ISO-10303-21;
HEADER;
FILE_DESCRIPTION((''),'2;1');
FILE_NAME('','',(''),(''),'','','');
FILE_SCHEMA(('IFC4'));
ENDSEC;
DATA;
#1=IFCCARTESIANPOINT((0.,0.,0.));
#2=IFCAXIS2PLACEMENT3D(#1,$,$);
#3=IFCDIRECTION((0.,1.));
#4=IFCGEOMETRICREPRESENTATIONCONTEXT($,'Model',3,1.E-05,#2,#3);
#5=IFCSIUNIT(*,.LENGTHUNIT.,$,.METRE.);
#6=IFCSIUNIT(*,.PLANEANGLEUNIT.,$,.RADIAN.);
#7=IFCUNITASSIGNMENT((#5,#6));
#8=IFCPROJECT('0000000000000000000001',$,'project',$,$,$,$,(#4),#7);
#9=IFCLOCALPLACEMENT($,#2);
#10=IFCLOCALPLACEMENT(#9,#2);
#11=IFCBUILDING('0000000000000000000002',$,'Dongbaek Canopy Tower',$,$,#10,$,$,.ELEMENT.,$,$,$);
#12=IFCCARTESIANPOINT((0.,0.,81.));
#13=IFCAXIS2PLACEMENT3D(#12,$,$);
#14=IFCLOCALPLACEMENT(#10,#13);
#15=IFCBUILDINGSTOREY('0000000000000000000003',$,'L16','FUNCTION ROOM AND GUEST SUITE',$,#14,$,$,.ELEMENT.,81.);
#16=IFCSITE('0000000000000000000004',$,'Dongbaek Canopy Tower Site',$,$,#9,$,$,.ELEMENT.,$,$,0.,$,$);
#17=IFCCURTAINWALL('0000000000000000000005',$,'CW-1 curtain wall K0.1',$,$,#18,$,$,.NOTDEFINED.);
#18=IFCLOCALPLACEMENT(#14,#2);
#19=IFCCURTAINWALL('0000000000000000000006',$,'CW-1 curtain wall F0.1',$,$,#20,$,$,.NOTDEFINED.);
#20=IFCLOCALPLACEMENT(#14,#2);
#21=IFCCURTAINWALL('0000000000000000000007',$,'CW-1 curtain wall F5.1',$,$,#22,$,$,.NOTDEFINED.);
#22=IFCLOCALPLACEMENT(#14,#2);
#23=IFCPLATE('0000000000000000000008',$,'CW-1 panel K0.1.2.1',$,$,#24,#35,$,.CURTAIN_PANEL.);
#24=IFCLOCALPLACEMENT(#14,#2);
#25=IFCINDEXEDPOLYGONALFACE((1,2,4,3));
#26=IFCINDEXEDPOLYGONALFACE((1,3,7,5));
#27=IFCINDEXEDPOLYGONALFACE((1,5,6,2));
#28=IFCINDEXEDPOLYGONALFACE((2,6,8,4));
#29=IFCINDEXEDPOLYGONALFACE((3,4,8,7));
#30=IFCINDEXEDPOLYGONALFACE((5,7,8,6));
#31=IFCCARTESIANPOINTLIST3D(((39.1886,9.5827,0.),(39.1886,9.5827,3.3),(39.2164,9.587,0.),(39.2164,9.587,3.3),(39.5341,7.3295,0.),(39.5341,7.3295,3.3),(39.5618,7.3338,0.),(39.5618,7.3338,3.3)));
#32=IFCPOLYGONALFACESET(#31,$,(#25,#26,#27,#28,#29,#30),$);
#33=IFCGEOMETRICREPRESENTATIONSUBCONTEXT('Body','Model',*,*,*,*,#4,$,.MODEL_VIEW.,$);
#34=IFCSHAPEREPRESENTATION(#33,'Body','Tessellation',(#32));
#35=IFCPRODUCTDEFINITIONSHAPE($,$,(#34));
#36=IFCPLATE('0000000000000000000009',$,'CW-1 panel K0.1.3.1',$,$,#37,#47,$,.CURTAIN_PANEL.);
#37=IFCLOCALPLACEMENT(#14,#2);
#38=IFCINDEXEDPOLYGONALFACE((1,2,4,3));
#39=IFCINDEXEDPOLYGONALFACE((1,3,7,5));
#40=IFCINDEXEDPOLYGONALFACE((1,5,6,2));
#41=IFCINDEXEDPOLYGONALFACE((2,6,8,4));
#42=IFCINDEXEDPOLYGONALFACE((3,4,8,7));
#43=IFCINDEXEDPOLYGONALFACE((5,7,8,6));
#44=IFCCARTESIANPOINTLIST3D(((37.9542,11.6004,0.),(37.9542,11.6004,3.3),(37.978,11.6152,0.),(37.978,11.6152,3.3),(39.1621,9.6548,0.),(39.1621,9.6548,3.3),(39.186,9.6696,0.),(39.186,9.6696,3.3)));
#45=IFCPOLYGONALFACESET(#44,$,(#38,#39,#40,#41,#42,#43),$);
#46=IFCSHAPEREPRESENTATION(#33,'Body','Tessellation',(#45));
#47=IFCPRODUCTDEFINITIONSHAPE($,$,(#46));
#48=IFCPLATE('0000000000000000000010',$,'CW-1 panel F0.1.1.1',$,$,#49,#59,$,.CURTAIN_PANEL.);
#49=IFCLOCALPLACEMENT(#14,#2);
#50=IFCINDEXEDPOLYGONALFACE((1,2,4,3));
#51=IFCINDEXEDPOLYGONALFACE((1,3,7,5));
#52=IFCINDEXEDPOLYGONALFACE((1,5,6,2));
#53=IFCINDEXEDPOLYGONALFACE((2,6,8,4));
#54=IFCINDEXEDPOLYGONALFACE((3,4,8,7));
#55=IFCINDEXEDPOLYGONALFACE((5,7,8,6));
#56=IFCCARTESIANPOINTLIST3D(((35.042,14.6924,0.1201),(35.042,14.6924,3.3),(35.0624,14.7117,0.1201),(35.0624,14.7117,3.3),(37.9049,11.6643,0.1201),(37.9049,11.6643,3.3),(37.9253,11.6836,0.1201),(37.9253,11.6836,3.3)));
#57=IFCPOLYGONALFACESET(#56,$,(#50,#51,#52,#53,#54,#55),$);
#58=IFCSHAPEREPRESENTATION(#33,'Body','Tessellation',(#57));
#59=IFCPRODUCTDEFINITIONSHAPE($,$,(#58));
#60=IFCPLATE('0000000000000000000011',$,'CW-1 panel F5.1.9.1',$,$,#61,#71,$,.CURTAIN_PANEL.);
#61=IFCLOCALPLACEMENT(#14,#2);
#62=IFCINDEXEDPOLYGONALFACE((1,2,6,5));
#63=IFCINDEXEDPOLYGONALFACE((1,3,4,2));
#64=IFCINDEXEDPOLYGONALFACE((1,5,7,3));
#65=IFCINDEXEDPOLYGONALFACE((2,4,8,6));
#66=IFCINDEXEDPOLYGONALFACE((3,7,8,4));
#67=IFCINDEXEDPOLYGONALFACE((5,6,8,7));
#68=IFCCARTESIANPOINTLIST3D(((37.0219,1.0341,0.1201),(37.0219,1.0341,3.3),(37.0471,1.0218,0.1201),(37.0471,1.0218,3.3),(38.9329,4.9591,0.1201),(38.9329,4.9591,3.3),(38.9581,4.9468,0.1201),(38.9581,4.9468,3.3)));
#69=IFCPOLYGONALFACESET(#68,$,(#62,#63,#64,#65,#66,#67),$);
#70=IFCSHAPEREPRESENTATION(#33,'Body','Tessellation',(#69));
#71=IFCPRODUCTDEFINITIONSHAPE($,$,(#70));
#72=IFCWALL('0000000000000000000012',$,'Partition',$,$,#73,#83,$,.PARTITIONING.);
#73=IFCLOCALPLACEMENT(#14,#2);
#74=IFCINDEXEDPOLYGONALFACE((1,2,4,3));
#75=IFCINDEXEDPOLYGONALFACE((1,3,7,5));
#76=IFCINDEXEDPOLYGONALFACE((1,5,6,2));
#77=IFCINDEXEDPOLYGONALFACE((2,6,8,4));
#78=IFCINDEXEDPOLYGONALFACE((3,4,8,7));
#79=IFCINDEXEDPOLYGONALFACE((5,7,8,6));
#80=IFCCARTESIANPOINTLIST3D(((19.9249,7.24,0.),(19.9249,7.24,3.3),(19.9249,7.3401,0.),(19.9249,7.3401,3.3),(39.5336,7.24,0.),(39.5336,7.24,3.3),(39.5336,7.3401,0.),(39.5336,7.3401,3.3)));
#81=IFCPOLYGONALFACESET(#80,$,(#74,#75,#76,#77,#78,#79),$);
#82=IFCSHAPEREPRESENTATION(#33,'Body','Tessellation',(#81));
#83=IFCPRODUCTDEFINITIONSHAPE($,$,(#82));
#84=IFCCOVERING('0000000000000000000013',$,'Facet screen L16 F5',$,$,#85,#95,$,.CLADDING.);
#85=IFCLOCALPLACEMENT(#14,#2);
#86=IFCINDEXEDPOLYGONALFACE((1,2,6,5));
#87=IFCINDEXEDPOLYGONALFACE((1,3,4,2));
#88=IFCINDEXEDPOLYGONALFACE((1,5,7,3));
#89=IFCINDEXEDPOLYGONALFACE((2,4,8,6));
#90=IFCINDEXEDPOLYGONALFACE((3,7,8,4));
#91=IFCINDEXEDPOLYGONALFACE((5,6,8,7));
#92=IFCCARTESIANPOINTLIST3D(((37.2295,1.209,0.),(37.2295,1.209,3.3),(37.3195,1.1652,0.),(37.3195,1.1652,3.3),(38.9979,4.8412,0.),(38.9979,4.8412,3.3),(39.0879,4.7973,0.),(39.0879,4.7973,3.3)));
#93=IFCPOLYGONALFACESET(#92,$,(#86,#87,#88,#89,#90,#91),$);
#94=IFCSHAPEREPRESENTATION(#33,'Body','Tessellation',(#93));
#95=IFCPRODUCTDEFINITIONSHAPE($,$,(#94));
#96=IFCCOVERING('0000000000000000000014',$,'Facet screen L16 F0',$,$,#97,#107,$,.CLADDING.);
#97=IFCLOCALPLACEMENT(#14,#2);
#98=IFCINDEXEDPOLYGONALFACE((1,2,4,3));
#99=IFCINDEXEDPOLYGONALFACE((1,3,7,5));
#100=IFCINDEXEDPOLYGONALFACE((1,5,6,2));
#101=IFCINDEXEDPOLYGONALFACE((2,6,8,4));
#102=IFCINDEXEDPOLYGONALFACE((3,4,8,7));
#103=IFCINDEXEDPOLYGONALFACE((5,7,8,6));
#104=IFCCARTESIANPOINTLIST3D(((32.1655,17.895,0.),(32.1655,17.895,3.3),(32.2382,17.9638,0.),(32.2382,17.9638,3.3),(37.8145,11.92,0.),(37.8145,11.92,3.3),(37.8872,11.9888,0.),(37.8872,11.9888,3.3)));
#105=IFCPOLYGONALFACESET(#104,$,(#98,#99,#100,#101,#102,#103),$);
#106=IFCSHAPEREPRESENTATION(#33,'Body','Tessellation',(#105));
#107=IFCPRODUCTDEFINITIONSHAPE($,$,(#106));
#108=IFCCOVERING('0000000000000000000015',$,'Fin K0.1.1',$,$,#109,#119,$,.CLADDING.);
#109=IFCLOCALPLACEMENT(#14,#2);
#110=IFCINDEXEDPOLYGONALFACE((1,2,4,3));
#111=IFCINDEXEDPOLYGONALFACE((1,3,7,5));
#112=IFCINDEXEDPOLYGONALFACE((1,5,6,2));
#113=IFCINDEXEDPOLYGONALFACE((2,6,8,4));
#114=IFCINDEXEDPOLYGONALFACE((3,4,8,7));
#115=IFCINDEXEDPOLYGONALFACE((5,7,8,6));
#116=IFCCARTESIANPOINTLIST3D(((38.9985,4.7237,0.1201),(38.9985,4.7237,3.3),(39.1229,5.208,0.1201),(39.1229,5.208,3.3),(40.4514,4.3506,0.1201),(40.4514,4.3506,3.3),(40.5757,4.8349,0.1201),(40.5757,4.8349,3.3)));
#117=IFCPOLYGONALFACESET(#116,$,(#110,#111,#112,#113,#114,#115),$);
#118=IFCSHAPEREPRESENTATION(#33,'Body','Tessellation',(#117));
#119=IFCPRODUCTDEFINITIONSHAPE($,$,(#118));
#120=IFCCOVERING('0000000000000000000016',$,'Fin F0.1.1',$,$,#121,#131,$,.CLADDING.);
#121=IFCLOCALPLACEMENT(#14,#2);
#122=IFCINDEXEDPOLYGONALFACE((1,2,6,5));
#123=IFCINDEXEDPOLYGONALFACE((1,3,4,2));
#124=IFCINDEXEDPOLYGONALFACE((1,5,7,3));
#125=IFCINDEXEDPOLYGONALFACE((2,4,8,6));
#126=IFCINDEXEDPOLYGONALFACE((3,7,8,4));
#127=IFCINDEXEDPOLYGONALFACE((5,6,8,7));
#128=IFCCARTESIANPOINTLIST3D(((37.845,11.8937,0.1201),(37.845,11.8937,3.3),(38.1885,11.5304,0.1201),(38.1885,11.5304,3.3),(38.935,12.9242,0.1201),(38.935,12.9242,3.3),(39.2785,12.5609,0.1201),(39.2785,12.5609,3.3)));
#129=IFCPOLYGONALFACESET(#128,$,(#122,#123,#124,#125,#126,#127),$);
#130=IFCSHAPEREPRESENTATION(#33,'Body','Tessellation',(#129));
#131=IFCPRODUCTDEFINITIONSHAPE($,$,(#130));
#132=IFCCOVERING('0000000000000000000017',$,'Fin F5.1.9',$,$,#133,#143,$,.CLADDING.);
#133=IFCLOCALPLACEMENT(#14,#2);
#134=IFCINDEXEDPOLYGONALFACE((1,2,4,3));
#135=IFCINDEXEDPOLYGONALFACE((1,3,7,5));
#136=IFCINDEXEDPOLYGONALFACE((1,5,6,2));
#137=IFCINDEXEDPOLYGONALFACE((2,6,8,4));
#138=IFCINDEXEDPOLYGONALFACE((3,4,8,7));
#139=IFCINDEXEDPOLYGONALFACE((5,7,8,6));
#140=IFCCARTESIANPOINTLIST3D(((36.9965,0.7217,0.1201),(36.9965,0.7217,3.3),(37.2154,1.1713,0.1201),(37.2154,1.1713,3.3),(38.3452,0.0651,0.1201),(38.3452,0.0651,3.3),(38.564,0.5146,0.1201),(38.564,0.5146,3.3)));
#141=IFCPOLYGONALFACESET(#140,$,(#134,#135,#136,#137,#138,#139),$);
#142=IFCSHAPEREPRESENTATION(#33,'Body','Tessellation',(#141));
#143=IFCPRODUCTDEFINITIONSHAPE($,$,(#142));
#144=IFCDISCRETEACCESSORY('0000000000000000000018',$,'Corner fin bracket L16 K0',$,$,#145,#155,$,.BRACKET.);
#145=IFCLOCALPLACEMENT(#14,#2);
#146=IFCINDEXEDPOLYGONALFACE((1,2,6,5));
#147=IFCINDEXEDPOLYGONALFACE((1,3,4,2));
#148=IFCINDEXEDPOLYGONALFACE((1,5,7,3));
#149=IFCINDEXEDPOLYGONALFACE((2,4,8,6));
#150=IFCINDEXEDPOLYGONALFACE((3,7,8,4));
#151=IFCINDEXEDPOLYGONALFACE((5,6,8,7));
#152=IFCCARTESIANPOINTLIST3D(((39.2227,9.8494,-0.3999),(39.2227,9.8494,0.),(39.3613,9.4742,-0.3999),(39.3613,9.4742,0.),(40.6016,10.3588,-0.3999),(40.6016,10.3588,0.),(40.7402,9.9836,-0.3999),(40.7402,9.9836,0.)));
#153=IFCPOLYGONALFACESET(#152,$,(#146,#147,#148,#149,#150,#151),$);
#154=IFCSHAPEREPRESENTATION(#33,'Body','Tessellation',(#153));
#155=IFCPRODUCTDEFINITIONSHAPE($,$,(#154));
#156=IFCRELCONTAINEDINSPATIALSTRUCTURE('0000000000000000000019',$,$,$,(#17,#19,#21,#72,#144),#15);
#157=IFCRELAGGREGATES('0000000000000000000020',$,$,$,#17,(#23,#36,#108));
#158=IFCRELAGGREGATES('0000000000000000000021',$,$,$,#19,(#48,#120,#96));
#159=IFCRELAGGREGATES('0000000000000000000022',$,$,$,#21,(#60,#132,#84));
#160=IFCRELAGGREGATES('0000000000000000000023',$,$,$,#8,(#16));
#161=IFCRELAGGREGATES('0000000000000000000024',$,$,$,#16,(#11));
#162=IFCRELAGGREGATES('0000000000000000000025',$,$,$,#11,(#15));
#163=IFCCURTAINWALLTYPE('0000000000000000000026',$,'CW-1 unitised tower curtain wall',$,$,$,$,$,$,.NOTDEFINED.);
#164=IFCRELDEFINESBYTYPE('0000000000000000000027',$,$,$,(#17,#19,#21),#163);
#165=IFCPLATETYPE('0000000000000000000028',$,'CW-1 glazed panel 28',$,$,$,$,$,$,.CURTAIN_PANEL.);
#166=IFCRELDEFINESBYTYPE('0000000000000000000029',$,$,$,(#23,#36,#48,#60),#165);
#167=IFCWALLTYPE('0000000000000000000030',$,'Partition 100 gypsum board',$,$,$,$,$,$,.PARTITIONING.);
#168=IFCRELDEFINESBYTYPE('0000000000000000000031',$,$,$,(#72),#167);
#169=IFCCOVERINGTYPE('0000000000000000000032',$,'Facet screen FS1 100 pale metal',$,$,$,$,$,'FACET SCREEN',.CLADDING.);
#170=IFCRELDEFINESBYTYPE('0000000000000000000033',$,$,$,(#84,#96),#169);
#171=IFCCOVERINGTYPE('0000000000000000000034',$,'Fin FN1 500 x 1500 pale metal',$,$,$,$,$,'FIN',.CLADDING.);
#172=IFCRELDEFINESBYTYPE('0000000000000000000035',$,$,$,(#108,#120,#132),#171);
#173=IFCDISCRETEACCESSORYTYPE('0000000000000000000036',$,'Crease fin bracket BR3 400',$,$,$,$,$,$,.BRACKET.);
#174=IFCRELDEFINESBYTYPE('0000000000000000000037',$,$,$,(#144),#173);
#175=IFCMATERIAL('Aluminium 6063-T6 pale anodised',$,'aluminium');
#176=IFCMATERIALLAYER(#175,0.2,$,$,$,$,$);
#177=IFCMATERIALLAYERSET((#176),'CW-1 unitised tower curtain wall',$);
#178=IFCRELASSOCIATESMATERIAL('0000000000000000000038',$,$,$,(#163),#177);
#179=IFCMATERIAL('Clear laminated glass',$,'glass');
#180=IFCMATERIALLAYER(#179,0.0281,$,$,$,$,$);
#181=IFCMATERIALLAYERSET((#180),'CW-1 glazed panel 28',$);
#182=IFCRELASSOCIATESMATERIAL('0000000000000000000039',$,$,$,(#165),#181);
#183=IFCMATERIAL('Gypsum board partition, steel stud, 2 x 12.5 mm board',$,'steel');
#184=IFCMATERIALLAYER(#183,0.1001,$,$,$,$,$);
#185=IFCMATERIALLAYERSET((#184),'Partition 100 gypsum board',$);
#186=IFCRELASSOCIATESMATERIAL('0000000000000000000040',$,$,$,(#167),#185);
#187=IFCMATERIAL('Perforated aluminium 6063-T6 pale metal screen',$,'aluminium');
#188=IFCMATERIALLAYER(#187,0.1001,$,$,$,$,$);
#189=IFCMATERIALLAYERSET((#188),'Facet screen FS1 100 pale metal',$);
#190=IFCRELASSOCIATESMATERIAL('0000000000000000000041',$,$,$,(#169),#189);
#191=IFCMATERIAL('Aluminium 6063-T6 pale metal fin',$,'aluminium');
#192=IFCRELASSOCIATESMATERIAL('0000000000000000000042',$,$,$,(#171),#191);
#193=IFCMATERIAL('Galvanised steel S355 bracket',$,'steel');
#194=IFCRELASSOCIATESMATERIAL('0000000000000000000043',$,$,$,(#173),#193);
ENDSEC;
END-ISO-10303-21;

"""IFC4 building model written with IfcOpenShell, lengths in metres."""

from ifc_helpers import new_model, si_unit, direction, frame, frame_2d, origin, origin_2d, place, context, subcontext, project, spatial, rectangle, extrude, material, layer, layer_set, material_profile, profile_set, type_object, element, aggregate, save


model = new_model("IFC4")

# Units and contexts
model_context = context("Model", 3, precision=1e-05, world=origin(), true_north=direction((0.0, 1.0)))
body_context = subcontext(model_context, "Body", "Model", "MODEL_VIEW")
ifc_project = project(units=[si_unit("LENGTHUNIT", "METRE"), si_unit("PLANEANGLEUNIT", "RADIAN")], contexts=[model_context])

# Site, building, storey
site_placement = place(None, origin())
site = spatial("IfcSite", under=ifc_project, at=site_placement, Name="Dongbaek Canopy Tower Site", CompositionType="ELEMENT", RefElevation=0.0)
building_placement = place(site_placement, origin())
building = spatial("IfcBuilding", under=site, at=building_placement, Name="Dongbaek Canopy Tower", CompositionType="ELEMENT")
storey_placement = place(building_placement, frame((0.0, 0.0, 81.0)))
storey = spatial("IfcBuildingStorey", under=building, at=storey_placement, Name="L16", Description="FUNCTION ROOM AND GUEST SUITE", CompositionType="ELEMENT", Elevation=81.0)

# Curtain wall
ifc_material_1 = material(Name="Aluminium 6063-T6 pale anodised", Category="aluminium")
ifc_layer_1 = layer(ifc_material_1, 0.2)
ifc_layer_set_1 = layer_set([ifc_layer_1], Name="CW-1 unitised tower curtain wall")
curtain_wall_type = type_object("IfcCurtainWallType", Name="CW-1 unitised tower curtain wall", PredefinedType="NOTDEFINED", material=ifc_layer_set_1)
curtain_wall_1_placement = place(storey_placement, origin())
curtain_wall_1 = element("IfcCurtainWall", 1, at=curtain_wall_1_placement, inside=storey, type_object=curtain_wall_type, Name="CW-1 curtain wall K0.1", PredefinedType="NOTDEFINED")

# Curtain walls
curtain_wall_2_placement = place(storey_placement, origin())
curtain_wall_2 = element("IfcCurtainWall", 2, at=curtain_wall_2_placement, inside=storey, type_object=curtain_wall_type, Name="CW-1 curtain wall F0.1", PredefinedType="NOTDEFINED")
curtain_wall_3_placement = place(storey_placement, origin())
curtain_wall_3 = element("IfcCurtainWall", 3, at=curtain_wall_3_placement, inside=storey, type_object=curtain_wall_type, Name="CW-1 curtain wall F5.1", PredefinedType="NOTDEFINED")

# Plates
ifc_material_2 = material(Name="Clear laminated glass", Category="glass")
ifc_layer_2 = layer(ifc_material_2, 0.0281)
ifc_layer_set_2 = layer_set([ifc_layer_2], Name="CW-1 glazed panel 28")
plate_type = type_object("IfcPlateType", Name="CW-1 glazed panel 28", PredefinedType="CURTAIN_PANEL", material=ifc_layer_set_2)
plate_1_placement = place(storey_placement, frame((39.3752, 8.4583, 0.0), z_axis=(0.0, 0.0, 1.0), x_axis=(-0.151541, 0.988451, 0.0)))
plate_1 = element("IfcPlate", 4, at=plate_1_placement, type_object=plate_type, Name="CW-1 panel K0.1.2.1", PredefinedType="CURTAIN_PANEL", context=body_context, shape_type="SweptSolid", body=[
    extrude(rectangle(XDim=2.2795, YDim=0.0281, at=origin_2d()), origin(), (0.0, 0.0, 1.0), 3.3),
])
plate_2_placement = place(storey_placement, frame((38.5701, 10.635, 0.0), z_axis=(0.0, 0.0, 1.0), x_axis=(-0.527466, 0.849576, 0.0)))
plate_2 = element("IfcPlate", 5, at=plate_2_placement, type_object=plate_type, Name="CW-1 panel K0.1.3.1", PredefinedType="CURTAIN_PANEL", context=body_context, shape_type="SweptSolid", body=[
    extrude(rectangle(XDim=2.29, YDim=0.0281, at=origin_2d()), origin(), (0.0, 0.0, 1.0), 3.3),
])
plate_3_placement = place(storey_placement, frame((36.4836, 13.188, 0.1201), z_axis=(0.0, 0.0, 1.0), x_axis=(-0.687005, 0.726653, 0.0)))
plate_3 = element("IfcPlate", 6, at=plate_3_placement, type_object=plate_type, Name="CW-1 panel F0.1.1.1", PredefinedType="CURTAIN_PANEL", context=body_context, shape_type="SweptSolid", body=[
    extrude(rectangle(XDim=4.1672, YDim=0.0281, at=origin_2d()), origin(), (0.0, 0.0, 1.0), 3.1799),
])
plate_4_placement = place(storey_placement, frame((37.99, 2.9905, 0.1201), z_axis=(0.0, 0.0, 1.0), x_axis=(0.437759, 0.899092, 0.0)))
plate_4 = element("IfcPlate", 7, at=plate_4_placement, type_object=plate_type, Name="CW-1 panel F5.1.9.1", PredefinedType="CURTAIN_PANEL", context=body_context, shape_type="SweptSolid", body=[
    extrude(rectangle(XDim=4.3655, YDim=0.0281, at=origin_2d()), origin(), (0.0, 0.0, 1.0), 3.1799),
])

# Wall
ifc_material_3 = material(Name="Gypsum board partition, steel stud, 2 x 12.5 mm board", Category="steel")
ifc_layer_3 = layer(ifc_material_3, 0.1001)
ifc_layer_set_3 = layer_set([ifc_layer_3], Name="Partition 100 gypsum board")
wall_type = type_object("IfcWallType", Name="Partition 100 gypsum board", PredefinedType="PARTITIONING", material=ifc_layer_set_3)
wall_placement = place(storey_placement, frame((19.925, 7.29, 0.0), z_axis=(0.0, 0.0, 1.0), x_axis=(1.0, 0.0, 0.0)))
element("IfcWall", 8, at=wall_placement, inside=storey, type_object=wall_type, Name="Partition", PredefinedType="PARTITIONING", context=body_context, shape_type="SweptSolid", body=[
    extrude(rectangle(XDim=19.6086, YDim=0.1001, at=frame_2d((9.8042, 0.0))), origin(), (0.0, 0.0, 1.0), 3.3),
])

# Coverings
ifc_material_4 = material(Name="Perforated aluminium 6063-T6 pale metal screen", Category="aluminium")
ifc_layer_4 = layer(ifc_material_4, 0.1001)
ifc_layer_set_4 = layer_set([ifc_layer_4], Name="Facet screen FS1 100 pale metal")
covering_type_1 = type_object("IfcCoveringType", Name="Facet screen FS1 100 pale metal", ElementType="FACET SCREEN", PredefinedType="CLADDING", material=ifc_layer_set_4)
covering_1_placement = place(storey_placement, frame((38.1587, 3.0032, 0.0), z_axis=(0.0, 0.0, 1.0), x_axis=(0.437759, 0.899092, 0.0)))
covering_1 = element("IfcCovering", 9, at=covering_1_placement, type_object=covering_type_1, Name="Facet screen L16 F5", PredefinedType="CLADDING", context=body_context, shape_type="SweptSolid", body=[
    extrude(rectangle(XDim=4.0398, YDim=0.1001, at=origin_2d()), origin(), (0.0, 0.0, 1.0), 3.3),
])
covering_2_placement = place(storey_placement, frame((35.0264, 14.9419, 0.0), z_axis=(0.0, 0.0, 1.0), x_axis=(-0.687005, 0.726653, 0.0)))
covering_2 = element("IfcCovering", 10, at=covering_2_placement, type_object=covering_type_1, Name="Facet screen L16 F0", PredefinedType="CLADDING", context=body_context, shape_type="SweptSolid", body=[
    extrude(rectangle(XDim=8.2227, YDim=0.1001, at=origin_2d()), origin(), (0.0, 0.0, 1.0), 3.3),
])
ifc_material_5 = material(Name="Aluminium 6063-T6 pale metal fin", Category="aluminium")
ifc_material_profile_1 = material_profile(ifc_material_5, rectangle(XDim=1.5, YDim=0.5, at=origin_2d()), Name="Fin FN1 500 x 1500 pale metal")
ifc_profile_set_1 = profile_set([ifc_material_profile_1], Name="Aluminium 6063-T6 pale metal fin")
covering_type_2 = type_object("IfcCoveringType", Name="Fin FN1 500 x 1500 pale metal", ElementType="FIN", PredefinedType="CLADDING", material=ifc_profile_set_1)
covering_3_placement = place(storey_placement, frame((39.7871, 4.7793, 0.1201), z_axis=(0.0, 0.0, 1.0), x_axis=(0.968575, -0.248722, 0.0)))
covering_3 = element("IfcCovering", 11, at=covering_3_placement, type_object=covering_type_2, Name="Fin K0.1.1", PredefinedType="CLADDING", context=body_context, shape_type="SweptSolid", body=[
    extrude(rectangle(XDim=1.5, YDim=0.5, at=origin_2d()), origin(), (0.0, 0.0, 1.0), 3.1799),
])
aggregate(curtain_wall_1, [plate_1, plate_2, covering_3])
covering_4_placement = place(storey_placement, frame((38.5618, 12.2273, 0.1201), z_axis=(0.0, 0.0, 1.0), x_axis=(0.726653, 0.687005, 0.0)))
covering_4 = element("IfcCovering", 12, at=covering_4_placement, type_object=covering_type_2, Name="Fin F0.1.1", PredefinedType="CLADDING", context=body_context, shape_type="SweptSolid", body=[
    extrude(rectangle(XDim=1.5, YDim=0.5, at=origin_2d()), origin(), (0.0, 0.0, 1.0), 3.1799),
])
aggregate(curtain_wall_2, [plate_3, covering_4, covering_2])
covering_5_placement = place(storey_placement, frame((37.7803, 0.6182, 0.1201), z_axis=(0.0, 0.0, 1.0), x_axis=(0.899092, -0.437759, 0.0)))
covering_5 = element("IfcCovering", 13, at=covering_5_placement, type_object=covering_type_2, Name="Fin F5.1.9", PredefinedType="CLADDING", context=body_context, shape_type="SweptSolid", body=[
    extrude(rectangle(XDim=1.5, YDim=0.5, at=origin_2d()), origin(), (0.0, 0.0, 1.0), 3.1799),
])
aggregate(curtain_wall_3, [plate_4, covering_5, covering_1])

# Discrete accessory
ifc_material_6 = material(Name="Galvanised steel S355 bracket", Category="steel")
discrete_accessory_type = type_object("IfcDiscreteAccessoryType", Name="Crease fin bracket BR3 400", PredefinedType="BRACKET", material=ifc_material_6)
discrete_accessory_placement = place(storey_placement, frame((39.9814, 9.9165, -0.3999), z_axis=(0.0, 0.0, 1.0), x_axis=(0.938038, 0.346531, 0.0)))
element("IfcDiscreteAccessory", 14, at=discrete_accessory_placement, inside=storey, type_object=discrete_accessory_type, Name="Corner fin bracket L16 K0", PredefinedType="BRACKET", context=body_context, shape_type="SweptSolid", body=[
    extrude(rectangle(XDim=1.47, YDim=0.3999, at=origin_2d()), origin(), (0.0, 0.0, 1.0), 0.3999),
])

save(model, "model.ifc")
